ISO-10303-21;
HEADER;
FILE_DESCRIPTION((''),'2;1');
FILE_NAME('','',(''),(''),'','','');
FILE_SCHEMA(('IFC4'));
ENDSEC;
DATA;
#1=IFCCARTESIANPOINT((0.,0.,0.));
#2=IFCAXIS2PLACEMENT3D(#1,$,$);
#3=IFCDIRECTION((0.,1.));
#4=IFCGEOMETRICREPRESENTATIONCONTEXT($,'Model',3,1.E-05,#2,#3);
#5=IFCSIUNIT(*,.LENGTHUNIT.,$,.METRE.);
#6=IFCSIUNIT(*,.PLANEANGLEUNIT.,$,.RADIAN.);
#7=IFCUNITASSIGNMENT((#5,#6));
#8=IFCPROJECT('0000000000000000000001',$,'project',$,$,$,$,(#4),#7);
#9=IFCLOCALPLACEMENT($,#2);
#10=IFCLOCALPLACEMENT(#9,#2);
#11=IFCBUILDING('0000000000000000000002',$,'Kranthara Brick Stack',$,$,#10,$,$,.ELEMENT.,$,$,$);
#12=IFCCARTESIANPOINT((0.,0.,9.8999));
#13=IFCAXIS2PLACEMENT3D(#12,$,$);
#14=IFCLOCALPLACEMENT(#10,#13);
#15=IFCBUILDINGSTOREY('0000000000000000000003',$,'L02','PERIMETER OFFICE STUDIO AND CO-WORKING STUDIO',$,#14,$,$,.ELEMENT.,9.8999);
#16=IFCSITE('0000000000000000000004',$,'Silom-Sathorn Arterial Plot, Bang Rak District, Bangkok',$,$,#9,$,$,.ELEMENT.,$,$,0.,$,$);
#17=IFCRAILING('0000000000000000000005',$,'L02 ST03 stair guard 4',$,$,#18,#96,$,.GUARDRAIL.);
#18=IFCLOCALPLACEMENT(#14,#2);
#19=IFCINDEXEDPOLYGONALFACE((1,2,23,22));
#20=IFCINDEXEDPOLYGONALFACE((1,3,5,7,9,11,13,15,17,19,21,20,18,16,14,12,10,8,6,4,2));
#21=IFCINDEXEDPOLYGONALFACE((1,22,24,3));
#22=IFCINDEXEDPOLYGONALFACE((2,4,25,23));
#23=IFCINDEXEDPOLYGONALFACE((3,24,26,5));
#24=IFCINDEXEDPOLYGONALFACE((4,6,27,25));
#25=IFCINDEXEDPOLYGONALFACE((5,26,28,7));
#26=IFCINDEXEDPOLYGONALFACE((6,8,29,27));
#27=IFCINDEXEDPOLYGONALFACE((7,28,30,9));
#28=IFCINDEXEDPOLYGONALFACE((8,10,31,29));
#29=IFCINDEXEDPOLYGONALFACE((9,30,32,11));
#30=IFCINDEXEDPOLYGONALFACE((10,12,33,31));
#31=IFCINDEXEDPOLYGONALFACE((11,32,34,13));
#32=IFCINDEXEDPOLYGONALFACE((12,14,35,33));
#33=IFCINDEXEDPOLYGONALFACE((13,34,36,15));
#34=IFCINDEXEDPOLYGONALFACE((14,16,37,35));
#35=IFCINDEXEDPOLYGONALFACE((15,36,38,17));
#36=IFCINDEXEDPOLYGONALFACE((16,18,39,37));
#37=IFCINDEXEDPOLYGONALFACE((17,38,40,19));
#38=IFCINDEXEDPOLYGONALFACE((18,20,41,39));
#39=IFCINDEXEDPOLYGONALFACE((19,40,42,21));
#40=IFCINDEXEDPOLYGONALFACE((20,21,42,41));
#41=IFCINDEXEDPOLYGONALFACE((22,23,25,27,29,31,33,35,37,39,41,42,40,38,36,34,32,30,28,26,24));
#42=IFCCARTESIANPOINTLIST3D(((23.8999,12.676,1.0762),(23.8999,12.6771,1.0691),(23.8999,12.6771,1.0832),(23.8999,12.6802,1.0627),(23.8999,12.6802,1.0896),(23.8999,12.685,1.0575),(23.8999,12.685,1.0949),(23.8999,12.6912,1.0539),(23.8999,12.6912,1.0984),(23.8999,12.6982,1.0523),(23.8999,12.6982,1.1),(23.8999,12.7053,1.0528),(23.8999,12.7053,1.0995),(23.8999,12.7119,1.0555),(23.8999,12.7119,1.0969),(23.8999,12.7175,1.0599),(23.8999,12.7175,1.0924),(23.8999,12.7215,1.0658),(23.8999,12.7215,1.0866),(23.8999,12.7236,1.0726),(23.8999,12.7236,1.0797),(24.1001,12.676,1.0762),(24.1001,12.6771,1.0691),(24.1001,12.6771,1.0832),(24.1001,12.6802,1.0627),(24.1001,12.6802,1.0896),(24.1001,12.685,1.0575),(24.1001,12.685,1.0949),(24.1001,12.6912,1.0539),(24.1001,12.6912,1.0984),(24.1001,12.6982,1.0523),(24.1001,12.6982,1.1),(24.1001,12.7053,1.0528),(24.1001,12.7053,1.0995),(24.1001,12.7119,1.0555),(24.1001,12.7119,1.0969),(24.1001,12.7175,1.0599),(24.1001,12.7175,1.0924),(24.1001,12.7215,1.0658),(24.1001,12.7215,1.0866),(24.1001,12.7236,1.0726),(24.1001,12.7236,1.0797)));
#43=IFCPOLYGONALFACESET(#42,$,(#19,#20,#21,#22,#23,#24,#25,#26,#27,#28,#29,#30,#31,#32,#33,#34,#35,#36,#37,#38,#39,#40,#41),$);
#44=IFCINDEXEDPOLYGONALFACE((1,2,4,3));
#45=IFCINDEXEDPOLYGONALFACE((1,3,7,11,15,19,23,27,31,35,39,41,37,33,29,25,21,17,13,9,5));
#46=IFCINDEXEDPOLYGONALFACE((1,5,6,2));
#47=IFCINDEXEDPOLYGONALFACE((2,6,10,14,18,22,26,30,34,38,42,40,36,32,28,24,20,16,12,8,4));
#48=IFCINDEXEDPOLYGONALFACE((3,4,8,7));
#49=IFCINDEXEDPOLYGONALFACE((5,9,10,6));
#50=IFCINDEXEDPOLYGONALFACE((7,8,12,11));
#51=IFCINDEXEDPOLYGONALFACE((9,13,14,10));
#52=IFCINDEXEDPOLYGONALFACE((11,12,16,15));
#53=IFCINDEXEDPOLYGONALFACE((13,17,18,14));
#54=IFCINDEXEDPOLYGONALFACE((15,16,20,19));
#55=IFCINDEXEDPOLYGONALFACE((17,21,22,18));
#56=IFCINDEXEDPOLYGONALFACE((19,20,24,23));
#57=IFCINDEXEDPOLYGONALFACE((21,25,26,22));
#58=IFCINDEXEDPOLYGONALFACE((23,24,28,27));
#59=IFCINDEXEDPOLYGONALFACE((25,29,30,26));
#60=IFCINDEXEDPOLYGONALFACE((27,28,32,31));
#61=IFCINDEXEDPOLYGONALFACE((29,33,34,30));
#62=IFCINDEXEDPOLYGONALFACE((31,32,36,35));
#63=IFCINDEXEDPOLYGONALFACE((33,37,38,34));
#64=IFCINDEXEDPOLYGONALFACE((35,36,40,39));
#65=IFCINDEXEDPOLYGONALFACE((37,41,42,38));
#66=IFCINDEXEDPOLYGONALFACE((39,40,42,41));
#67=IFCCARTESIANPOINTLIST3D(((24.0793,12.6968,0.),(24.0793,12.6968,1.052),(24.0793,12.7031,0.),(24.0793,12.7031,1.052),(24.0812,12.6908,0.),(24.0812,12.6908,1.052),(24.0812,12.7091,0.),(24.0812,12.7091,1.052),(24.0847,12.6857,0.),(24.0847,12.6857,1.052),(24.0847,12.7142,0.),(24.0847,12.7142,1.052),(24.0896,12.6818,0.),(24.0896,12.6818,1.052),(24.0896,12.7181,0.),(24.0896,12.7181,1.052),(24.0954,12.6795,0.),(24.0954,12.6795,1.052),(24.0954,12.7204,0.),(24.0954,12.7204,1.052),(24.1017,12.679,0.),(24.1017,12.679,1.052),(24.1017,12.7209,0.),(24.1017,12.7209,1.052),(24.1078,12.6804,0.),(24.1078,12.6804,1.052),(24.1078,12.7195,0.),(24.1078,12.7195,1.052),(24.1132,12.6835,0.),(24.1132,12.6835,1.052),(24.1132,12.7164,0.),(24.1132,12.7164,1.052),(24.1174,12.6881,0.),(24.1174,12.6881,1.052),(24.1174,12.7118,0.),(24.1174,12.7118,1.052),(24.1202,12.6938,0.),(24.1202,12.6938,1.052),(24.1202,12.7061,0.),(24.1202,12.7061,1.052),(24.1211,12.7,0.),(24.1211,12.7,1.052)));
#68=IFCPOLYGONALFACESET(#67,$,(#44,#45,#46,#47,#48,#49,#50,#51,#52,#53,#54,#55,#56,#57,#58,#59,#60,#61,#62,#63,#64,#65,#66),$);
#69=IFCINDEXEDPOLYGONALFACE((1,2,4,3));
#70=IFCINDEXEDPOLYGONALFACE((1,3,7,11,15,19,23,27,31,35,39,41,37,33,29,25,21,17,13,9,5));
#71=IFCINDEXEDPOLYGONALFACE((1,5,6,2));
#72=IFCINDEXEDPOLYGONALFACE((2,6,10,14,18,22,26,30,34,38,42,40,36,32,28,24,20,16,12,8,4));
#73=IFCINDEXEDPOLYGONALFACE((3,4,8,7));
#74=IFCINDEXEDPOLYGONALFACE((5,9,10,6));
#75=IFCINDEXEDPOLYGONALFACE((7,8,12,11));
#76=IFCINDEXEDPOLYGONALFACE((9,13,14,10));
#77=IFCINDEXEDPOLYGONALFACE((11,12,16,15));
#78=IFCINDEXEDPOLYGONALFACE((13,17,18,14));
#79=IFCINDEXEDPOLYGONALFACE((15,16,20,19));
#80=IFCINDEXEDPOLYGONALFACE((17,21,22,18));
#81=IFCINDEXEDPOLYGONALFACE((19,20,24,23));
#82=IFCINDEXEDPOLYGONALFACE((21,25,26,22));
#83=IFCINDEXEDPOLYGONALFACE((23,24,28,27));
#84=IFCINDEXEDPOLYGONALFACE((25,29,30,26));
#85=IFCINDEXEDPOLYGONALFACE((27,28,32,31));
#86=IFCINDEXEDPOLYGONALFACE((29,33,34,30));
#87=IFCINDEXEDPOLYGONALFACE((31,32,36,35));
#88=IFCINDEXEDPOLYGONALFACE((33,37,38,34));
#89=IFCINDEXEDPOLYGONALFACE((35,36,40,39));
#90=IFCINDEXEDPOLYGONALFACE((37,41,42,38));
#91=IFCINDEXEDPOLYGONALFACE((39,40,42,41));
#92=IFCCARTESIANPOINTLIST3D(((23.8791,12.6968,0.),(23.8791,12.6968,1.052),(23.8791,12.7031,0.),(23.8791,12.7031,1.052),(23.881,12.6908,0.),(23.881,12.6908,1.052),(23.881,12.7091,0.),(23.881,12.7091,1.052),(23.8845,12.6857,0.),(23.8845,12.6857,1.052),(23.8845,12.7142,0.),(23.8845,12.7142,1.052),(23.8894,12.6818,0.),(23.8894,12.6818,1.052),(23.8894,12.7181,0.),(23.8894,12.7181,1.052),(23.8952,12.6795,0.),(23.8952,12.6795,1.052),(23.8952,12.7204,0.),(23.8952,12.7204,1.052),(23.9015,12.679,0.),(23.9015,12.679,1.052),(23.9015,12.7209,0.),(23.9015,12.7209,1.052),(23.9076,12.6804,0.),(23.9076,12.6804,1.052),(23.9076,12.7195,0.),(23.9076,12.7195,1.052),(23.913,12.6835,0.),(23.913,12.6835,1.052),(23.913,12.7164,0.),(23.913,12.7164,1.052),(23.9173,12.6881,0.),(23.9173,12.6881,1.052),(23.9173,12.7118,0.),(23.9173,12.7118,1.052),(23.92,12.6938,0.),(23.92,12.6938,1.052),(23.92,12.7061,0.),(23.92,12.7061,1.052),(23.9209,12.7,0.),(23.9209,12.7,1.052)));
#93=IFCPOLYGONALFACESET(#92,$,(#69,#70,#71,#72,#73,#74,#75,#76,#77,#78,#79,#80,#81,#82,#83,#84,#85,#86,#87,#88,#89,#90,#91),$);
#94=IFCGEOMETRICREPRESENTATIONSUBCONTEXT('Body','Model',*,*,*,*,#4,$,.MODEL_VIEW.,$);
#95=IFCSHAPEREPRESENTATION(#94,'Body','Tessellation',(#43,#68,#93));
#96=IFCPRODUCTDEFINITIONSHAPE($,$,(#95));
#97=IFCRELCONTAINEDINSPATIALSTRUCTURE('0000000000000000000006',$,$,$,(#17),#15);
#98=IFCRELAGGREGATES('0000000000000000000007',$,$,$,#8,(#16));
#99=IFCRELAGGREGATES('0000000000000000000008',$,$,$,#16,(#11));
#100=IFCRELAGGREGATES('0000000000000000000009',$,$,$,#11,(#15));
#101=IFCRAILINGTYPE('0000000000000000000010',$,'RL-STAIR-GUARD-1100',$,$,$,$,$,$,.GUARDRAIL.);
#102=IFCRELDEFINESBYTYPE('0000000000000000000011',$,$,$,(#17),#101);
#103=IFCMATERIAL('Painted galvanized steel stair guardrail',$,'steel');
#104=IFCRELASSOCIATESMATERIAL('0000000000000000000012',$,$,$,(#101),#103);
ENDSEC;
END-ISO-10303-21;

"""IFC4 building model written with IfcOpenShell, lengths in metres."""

from ifc_helpers import new_model, si_unit, direction, frame, origin, origin_2d, place, context, subcontext, project, spatial, circle, extrude, material, type_object, element, save


model = new_model("IFC4")

# Units and contexts
model_context = context("Model", 3, precision=1e-05, world=origin(), true_north=direction((0.0, 1.0)))
body_context = subcontext(model_context, "Body", "Model", "MODEL_VIEW")
ifc_project = project(units=[si_unit("LENGTHUNIT", "METRE"), si_unit("PLANEANGLEUNIT", "RADIAN")], contexts=[model_context])

# Site, building, storey
site_placement = place(None, origin())
site = spatial("IfcSite", under=ifc_project, at=site_placement, Name="Silom-Sathorn Arterial Plot, Bang Rak District, Bangkok", CompositionType="ELEMENT", RefElevation=0.0)
building_placement = place(site_placement, origin())
building = spatial("IfcBuilding", under=site, at=building_placement, Name="Kranthara Brick Stack", CompositionType="ELEMENT")
storey_placement = place(building_placement, frame((0.0, 0.0, 9.8999)))
storey = spatial("IfcBuildingStorey", under=building, at=storey_placement, Name="L02", Description="PERIMETER OFFICE STUDIO AND CO-WORKING STUDIO", CompositionType="ELEMENT", Elevation=9.8999)

# Railing
ifc_material_1 = material(Name="Painted galvanized steel stair guardrail", Category="steel")
railing_type = type_object("IfcRailingType", Name="RL-STAIR-GUARD-1100", PredefinedType="GUARDRAIL", material=ifc_material_1)
railing_1_placement = place(storey_placement, frame((24.1001, 12.7, 0.0)))
element("IfcRailing", 1, at=railing_1_placement, inside=storey, type_object=railing_type, Name="L02 ST03 stair guard 4", PredefinedType="GUARDRAIL", context=body_context, shape_type="SweptSolid", body=[
    extrude(circle(Radius=0.0239, at=origin_2d()), frame((0.0, 0.0, 1.0762), z_axis=(-1.0, 0.0, 0.0), x_axis=(0.0, -1.0, 0.0)), (0.0, 0.0, 1.0), 0.2002),
    extrude(circle(Radius=0.021, at=origin_2d()), origin(), (0.0, 0.0, 1.0), 1.052),
    extrude(circle(Radius=0.021, at=origin_2d()), frame((-0.2002, 0.0, 0.0)), (0.0, 0.0, 1.0), 1.052),
])

save(model, "model.ifc")
